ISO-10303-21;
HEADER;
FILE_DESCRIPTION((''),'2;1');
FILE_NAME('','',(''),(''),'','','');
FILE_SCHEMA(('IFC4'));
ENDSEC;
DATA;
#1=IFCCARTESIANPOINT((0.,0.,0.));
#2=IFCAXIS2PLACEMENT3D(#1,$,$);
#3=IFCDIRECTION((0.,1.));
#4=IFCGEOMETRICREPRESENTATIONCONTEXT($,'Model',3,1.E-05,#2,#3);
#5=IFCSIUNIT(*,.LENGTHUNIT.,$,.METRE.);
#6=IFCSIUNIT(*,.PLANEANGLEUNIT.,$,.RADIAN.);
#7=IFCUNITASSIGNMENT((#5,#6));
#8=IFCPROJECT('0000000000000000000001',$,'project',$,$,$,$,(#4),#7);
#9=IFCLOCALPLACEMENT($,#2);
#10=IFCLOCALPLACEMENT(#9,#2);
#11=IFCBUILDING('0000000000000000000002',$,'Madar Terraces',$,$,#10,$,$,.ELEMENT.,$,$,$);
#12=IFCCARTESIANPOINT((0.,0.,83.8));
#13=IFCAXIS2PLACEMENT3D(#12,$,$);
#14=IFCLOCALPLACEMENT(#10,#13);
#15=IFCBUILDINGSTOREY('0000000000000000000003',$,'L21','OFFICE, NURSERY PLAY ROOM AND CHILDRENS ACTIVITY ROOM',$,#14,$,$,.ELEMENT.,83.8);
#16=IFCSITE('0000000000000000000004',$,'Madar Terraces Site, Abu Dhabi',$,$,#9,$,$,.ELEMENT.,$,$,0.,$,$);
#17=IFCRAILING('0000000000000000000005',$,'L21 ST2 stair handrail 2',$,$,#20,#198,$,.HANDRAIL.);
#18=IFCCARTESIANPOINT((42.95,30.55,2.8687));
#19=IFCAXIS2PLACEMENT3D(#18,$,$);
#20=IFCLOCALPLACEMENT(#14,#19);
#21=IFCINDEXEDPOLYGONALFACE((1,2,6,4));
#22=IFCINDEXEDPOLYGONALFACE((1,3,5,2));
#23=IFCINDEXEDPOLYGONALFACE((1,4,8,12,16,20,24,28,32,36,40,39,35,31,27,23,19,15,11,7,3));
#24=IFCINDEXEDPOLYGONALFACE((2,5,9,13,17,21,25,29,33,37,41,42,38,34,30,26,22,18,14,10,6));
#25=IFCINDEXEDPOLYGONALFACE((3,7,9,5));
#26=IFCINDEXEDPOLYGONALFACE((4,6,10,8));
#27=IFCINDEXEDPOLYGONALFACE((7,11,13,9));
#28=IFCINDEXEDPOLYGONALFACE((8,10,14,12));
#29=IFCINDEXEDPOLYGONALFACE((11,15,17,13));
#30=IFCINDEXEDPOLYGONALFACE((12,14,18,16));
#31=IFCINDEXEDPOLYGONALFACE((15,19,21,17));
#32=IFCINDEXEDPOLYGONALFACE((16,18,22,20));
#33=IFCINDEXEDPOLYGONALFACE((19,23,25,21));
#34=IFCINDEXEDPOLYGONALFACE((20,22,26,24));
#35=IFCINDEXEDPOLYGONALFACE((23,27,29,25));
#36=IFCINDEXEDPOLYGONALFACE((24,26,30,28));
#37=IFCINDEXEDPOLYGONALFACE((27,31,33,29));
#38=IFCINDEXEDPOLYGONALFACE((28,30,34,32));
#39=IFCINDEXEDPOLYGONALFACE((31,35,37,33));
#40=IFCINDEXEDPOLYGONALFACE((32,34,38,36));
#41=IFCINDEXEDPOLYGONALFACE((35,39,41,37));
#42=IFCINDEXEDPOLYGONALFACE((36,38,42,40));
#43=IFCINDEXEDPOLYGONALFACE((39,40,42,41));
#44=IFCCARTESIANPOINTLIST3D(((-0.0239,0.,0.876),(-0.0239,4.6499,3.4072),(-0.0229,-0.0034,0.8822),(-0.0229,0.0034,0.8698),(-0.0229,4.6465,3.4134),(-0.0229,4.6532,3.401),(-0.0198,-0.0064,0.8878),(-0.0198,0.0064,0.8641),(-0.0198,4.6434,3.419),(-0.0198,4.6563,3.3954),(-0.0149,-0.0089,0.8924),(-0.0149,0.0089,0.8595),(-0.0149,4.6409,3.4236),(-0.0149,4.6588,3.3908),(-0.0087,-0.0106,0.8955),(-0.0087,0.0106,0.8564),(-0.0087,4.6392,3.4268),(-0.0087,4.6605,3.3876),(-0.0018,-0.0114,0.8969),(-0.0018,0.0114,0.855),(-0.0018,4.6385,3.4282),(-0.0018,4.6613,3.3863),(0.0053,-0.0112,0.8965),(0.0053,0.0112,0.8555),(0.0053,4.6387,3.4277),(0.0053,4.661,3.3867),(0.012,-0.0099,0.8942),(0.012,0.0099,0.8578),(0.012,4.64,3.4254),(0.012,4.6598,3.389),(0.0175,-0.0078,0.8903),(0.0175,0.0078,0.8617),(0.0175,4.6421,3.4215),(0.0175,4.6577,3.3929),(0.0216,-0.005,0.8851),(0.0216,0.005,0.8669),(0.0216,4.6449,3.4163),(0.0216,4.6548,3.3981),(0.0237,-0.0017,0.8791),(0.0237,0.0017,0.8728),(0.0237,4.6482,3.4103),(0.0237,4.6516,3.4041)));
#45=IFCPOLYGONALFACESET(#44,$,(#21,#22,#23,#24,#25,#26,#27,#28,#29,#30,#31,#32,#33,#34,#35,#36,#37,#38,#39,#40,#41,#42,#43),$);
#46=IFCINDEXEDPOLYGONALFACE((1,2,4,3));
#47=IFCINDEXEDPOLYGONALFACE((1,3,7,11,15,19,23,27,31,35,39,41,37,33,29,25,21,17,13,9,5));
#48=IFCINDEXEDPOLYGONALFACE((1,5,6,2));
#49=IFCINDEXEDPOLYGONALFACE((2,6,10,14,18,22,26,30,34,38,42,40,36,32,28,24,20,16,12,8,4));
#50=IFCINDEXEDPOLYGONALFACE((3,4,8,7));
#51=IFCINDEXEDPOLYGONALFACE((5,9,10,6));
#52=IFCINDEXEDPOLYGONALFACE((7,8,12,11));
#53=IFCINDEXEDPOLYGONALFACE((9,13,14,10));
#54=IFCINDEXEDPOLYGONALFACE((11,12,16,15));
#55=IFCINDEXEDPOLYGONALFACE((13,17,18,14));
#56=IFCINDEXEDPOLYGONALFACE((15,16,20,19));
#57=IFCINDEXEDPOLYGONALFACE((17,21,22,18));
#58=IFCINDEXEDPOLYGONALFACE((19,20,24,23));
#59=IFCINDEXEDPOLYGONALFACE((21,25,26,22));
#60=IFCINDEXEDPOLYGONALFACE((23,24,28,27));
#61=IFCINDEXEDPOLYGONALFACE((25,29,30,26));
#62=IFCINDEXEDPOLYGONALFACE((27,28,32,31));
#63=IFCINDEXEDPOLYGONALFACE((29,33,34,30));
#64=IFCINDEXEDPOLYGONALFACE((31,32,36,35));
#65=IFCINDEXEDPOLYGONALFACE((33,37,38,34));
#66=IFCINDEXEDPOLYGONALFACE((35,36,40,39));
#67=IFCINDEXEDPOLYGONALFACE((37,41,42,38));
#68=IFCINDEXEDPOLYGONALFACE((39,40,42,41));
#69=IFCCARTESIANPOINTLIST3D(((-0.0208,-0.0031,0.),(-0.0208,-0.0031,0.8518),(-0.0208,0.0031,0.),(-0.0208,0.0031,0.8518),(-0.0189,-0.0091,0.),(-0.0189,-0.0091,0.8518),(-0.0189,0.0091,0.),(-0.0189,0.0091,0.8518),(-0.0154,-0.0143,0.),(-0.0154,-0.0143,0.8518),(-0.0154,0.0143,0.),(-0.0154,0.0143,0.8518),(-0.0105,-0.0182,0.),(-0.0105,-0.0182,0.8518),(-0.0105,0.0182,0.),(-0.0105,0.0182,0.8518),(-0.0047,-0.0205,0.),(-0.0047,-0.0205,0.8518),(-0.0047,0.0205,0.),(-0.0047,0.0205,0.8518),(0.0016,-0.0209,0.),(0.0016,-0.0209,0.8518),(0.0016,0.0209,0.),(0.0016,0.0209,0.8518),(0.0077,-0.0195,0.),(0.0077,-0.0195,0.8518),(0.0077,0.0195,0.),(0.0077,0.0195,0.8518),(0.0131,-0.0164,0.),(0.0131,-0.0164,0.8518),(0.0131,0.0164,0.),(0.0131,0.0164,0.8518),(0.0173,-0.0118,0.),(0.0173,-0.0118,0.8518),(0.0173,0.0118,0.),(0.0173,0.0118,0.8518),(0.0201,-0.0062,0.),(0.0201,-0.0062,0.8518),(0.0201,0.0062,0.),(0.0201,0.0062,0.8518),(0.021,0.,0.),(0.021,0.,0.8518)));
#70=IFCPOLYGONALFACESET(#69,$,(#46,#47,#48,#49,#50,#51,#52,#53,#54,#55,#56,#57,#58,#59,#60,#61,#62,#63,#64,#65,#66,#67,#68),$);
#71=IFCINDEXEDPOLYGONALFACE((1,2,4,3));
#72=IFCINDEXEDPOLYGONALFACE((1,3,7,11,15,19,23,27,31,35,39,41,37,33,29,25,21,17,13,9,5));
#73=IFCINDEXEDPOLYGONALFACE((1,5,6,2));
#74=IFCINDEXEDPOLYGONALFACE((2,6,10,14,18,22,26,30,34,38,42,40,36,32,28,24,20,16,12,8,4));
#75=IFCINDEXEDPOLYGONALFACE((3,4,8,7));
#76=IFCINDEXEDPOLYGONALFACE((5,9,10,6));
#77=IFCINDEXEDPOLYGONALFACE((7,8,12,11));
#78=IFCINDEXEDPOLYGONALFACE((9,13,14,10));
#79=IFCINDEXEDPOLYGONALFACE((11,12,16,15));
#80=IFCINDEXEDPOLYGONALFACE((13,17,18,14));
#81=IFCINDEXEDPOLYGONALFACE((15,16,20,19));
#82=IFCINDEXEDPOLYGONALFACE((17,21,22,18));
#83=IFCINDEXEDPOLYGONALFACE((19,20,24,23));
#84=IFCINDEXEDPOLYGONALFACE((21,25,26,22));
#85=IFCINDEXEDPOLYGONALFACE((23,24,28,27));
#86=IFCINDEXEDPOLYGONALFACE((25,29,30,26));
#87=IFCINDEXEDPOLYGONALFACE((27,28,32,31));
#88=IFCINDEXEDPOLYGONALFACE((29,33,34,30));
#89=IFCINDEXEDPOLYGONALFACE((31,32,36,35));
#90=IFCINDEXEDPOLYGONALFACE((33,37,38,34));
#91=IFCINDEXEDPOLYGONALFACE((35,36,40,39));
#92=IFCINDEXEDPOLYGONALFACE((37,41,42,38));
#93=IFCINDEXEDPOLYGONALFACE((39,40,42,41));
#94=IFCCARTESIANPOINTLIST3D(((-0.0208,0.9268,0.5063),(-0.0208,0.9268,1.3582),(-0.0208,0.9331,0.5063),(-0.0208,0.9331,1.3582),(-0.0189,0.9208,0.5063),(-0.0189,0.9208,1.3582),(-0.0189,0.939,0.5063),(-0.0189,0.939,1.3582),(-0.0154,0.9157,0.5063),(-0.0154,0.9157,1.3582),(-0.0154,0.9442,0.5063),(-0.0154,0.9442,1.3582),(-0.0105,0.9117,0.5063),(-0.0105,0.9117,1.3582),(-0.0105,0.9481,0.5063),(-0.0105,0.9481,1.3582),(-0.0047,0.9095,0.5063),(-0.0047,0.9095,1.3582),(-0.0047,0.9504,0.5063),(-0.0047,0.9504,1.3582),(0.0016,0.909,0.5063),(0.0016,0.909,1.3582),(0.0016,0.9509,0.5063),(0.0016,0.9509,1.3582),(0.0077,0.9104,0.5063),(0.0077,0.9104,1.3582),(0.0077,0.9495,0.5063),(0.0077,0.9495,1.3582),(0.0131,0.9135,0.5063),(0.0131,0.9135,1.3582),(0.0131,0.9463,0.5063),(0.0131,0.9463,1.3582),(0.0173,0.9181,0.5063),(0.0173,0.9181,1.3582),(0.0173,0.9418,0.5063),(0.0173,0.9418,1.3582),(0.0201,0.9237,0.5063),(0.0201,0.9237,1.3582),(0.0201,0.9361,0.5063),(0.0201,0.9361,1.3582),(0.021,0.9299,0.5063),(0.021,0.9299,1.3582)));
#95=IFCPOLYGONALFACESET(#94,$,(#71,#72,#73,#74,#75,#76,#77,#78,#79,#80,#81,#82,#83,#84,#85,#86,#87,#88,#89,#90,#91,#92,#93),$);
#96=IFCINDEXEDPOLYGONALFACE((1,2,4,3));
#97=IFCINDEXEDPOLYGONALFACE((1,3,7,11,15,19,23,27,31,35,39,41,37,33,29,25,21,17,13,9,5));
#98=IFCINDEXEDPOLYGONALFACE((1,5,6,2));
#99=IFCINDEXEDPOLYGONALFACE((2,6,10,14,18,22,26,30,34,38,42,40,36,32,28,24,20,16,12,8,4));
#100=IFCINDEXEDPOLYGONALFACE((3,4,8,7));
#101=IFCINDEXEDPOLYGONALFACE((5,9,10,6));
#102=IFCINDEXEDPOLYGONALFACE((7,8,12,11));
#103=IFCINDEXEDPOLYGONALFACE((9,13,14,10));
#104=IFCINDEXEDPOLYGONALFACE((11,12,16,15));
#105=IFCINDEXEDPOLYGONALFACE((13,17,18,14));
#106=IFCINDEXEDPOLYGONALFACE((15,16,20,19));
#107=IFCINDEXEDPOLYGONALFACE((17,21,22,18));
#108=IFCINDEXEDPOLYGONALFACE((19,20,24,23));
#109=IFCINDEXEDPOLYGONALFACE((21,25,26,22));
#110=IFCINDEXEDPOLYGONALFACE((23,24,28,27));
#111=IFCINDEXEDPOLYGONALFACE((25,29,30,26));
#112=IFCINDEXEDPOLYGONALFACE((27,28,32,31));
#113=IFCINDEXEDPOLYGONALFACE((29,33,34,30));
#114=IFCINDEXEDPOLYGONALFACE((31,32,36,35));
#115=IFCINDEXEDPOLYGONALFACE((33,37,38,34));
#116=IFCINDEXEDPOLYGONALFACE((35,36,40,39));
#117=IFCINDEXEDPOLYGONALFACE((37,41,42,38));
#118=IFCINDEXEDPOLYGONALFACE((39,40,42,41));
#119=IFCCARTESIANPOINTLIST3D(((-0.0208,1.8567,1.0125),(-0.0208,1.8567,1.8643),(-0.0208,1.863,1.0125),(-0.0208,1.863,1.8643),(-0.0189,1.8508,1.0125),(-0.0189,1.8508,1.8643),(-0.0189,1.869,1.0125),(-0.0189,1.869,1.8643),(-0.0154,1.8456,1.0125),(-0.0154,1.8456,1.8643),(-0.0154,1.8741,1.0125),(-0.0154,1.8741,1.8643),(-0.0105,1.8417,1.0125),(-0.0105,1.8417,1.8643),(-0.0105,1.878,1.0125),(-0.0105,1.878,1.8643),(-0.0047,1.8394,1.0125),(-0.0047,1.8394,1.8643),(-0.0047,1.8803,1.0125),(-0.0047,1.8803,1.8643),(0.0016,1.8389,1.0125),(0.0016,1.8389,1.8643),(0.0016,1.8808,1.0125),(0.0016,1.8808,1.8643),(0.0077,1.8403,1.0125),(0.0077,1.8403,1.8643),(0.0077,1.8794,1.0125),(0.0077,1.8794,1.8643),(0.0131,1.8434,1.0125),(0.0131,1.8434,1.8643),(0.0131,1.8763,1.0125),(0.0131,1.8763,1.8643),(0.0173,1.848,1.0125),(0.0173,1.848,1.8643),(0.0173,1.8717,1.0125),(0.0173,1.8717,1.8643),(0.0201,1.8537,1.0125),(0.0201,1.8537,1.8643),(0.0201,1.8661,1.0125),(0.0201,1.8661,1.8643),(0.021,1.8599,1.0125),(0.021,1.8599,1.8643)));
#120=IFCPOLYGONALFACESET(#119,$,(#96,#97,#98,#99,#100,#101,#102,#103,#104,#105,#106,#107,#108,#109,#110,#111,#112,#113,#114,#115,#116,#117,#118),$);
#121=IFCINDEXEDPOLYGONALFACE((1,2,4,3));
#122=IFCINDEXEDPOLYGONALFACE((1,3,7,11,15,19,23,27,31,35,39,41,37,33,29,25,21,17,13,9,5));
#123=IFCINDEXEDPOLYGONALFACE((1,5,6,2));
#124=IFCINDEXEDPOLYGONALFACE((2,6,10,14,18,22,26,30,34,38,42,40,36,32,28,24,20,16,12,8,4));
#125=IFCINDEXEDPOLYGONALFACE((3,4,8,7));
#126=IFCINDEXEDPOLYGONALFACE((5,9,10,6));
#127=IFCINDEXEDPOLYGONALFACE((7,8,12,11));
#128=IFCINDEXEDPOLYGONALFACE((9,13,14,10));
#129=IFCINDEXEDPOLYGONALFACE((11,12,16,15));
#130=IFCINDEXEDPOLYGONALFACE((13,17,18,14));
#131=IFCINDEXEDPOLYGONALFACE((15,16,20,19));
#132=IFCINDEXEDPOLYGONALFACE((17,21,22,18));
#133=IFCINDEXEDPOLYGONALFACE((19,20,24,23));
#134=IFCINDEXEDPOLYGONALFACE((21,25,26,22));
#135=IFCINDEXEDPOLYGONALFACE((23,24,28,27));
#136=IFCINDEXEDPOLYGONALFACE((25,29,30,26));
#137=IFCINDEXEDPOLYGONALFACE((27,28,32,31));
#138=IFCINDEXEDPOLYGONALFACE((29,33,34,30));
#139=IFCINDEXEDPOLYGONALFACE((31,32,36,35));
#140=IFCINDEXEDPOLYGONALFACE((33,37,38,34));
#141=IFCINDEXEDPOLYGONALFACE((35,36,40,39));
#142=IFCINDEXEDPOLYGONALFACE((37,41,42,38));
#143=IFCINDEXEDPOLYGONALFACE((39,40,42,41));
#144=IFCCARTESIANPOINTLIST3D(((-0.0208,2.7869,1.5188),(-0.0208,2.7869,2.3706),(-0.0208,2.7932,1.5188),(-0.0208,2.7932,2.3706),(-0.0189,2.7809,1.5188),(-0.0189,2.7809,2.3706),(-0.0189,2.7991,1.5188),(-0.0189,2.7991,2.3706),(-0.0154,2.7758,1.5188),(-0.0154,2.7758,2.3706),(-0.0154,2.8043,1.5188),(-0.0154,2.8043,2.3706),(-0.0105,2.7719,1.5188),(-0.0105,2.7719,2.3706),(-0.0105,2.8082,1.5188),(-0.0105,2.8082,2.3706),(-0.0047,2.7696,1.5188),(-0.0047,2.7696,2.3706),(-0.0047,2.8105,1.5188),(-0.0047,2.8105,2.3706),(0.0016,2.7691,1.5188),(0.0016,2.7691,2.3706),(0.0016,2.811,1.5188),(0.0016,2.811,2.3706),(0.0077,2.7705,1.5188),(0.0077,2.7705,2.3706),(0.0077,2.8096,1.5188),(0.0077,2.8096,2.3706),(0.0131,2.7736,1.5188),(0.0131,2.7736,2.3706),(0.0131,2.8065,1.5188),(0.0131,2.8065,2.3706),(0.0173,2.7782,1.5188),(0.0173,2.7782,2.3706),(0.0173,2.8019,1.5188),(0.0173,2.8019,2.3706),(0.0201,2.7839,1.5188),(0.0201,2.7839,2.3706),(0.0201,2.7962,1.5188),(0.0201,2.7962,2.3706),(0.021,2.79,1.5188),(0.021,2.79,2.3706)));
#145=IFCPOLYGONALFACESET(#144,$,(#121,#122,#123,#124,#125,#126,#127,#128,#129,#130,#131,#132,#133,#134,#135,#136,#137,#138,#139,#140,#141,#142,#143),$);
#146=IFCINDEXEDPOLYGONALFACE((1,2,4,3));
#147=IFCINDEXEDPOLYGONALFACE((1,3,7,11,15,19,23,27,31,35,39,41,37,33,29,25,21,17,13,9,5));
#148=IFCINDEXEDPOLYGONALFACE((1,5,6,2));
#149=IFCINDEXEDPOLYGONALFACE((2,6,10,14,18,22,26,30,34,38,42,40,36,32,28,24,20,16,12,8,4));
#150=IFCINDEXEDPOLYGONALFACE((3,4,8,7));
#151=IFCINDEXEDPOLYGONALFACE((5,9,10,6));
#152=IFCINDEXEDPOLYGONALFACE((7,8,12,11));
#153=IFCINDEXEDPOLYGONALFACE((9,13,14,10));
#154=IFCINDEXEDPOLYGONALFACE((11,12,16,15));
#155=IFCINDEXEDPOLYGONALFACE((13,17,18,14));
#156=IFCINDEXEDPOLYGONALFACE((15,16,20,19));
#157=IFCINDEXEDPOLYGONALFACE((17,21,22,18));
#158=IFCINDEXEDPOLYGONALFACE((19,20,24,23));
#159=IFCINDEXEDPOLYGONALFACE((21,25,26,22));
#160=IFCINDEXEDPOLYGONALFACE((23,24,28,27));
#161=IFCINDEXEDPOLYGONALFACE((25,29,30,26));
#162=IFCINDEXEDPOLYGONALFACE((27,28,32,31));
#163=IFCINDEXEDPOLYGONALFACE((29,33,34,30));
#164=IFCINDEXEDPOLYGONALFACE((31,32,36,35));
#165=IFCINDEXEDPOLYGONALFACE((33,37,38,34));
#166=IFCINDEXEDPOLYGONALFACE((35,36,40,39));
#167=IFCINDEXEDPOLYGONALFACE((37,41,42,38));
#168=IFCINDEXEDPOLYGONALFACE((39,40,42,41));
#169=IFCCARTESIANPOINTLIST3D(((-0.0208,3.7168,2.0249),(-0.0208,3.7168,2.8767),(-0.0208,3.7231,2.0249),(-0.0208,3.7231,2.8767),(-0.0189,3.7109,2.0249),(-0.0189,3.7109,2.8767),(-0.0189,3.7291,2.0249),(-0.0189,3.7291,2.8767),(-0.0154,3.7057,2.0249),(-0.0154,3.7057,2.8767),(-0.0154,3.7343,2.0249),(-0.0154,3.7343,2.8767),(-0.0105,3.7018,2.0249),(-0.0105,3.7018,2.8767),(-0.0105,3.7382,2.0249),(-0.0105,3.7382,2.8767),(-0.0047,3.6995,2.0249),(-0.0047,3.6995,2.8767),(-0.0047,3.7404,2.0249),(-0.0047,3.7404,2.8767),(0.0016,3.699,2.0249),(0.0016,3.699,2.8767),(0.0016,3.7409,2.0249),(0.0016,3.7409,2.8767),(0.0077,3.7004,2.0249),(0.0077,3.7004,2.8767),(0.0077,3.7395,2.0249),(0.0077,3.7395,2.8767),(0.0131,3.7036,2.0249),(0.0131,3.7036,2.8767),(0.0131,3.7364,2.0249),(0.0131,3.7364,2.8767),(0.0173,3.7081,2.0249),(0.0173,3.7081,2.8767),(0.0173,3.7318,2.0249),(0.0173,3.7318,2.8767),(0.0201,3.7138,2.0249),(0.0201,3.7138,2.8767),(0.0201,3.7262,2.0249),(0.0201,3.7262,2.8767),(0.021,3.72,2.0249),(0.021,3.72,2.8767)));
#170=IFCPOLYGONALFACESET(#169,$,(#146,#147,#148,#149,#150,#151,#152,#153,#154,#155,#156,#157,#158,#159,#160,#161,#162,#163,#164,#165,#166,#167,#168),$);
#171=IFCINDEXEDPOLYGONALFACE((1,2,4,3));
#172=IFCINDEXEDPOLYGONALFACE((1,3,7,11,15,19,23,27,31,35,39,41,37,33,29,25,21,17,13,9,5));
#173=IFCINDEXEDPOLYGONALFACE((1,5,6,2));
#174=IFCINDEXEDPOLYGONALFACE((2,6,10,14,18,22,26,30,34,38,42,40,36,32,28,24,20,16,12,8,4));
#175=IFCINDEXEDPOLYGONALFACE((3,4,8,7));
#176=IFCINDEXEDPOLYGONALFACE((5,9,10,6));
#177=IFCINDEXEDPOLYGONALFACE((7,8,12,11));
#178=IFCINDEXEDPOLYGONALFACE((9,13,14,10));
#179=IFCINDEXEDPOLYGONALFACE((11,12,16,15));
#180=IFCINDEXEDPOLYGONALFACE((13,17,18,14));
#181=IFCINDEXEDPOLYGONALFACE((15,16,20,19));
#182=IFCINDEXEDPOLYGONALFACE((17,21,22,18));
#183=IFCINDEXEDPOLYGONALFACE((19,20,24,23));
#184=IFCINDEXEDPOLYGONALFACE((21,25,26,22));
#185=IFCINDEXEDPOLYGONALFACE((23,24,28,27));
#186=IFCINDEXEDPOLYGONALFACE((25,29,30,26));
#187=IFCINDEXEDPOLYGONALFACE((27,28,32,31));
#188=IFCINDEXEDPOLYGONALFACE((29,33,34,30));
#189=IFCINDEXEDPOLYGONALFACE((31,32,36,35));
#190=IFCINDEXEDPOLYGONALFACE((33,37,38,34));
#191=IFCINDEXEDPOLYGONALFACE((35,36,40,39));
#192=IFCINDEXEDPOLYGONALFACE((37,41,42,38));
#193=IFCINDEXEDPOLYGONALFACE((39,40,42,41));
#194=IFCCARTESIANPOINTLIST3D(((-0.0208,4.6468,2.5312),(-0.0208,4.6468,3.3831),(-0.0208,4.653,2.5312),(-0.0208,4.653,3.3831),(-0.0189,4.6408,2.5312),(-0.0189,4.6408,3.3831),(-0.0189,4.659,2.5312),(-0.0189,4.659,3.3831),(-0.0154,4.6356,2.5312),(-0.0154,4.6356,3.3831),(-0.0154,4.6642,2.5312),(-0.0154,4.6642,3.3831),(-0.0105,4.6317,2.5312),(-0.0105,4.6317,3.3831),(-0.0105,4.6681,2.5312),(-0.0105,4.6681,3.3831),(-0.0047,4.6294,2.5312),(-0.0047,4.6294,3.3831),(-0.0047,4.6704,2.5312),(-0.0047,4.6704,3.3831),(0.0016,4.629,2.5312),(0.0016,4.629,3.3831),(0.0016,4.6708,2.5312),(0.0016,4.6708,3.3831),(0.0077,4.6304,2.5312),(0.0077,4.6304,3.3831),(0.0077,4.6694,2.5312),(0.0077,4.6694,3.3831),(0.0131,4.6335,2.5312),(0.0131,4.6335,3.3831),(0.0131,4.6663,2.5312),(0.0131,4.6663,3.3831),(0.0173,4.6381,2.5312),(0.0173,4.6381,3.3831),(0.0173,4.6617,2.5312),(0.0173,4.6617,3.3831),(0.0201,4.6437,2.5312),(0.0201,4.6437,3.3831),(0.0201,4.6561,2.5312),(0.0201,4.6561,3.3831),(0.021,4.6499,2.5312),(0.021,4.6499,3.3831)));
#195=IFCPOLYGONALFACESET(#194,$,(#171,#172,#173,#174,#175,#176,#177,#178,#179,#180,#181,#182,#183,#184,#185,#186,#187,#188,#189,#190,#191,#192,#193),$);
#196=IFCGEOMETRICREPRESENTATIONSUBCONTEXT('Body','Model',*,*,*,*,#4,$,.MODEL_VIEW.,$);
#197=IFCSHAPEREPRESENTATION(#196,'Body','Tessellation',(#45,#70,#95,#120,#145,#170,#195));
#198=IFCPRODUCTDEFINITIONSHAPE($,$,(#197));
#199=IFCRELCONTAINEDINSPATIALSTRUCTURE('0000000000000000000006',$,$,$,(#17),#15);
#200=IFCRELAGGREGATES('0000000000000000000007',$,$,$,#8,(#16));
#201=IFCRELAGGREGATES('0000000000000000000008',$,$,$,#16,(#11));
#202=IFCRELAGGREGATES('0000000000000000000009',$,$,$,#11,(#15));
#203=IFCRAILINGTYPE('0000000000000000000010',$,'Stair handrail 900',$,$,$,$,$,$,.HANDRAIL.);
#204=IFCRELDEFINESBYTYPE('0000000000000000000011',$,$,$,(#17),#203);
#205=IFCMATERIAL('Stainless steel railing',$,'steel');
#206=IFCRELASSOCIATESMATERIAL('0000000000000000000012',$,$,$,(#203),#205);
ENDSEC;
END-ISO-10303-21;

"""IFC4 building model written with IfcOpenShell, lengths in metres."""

from ifc_helpers import new_model, si_unit, direction, frame, origin, origin_2d, place, context, subcontext, project, spatial, circle, extrude, material, type_object, element, save


model = new_model("IFC4")

# Units and contexts
model_context = context("Model", 3, precision=1e-05, world=origin(), true_north=direction((0.0, 1.0)))
body_context = subcontext(model_context, "Body", "Model", "MODEL_VIEW")
ifc_project = project(units=[si_unit("LENGTHUNIT", "METRE"), si_unit("PLANEANGLEUNIT", "RADIAN")], contexts=[model_context])

# Site, building, storey
site_placement = place(None, origin())
site = spatial("IfcSite", under=ifc_project, at=site_placement, Name="Madar Terraces Site, Abu Dhabi", CompositionType="ELEMENT", RefElevation=0.0)
building_placement = place(site_placement, origin())
building = spatial("IfcBuilding", under=site, at=building_placement, Name="Madar Terraces", CompositionType="ELEMENT")
storey_placement = place(building_placement, frame((0.0, 0.0, 83.8)))
storey = spatial("IfcBuildingStorey", under=building, at=storey_placement, Name="L21", Description="OFFICE, NURSERY PLAY ROOM AND CHILDRENS ACTIVITY ROOM", CompositionType="ELEMENT", Elevation=83.8)

# Railing
ifc_material_1 = material(Name="Stainless steel railing", Category="steel")
railing_type_1 = type_object("IfcRailingType", Name="Stair handrail 900", PredefinedType="HANDRAIL", material=ifc_material_1)
railing_1_placement = place(storey_placement, frame((42.95, 30.55, 2.8687)))
element("IfcRailing", 1, at=railing_1_placement, inside=storey, type_object=railing_type_1, Name="L21 ST2 stair handrail 2", PredefinedType="HANDRAIL", context=body_context, shape_type="SweptSolid", body=[
    extrude(circle(Radius=0.0239, at=origin_2d()), frame((0.0, 0.0, 0.876), z_axis=(0.0, 0.878297, 0.478115), x_axis=(-1.0, 0.0, 0.0)), (0.0, 0.0, 1.0), 5.2942),
    extrude(circle(Radius=0.021, at=origin_2d()), origin(), (0.0, 0.0, 1.0), 0.8518),
    extrude(circle(Radius=0.021, at=origin_2d()), frame((0.0, 0.9299, 0.5063)), (0.0, 0.0, 1.0), 0.8518),
    extrude(circle(Radius=0.021, at=origin_2d()), frame((0.0, 1.8599, 1.0125)), (0.0, 0.0, 1.0), 0.8518),
    extrude(circle(Radius=0.021, at=origin_2d()), frame((0.0, 2.79, 1.5188)), (0.0, 0.0, 1.0), 0.8518),
    extrude(circle(Radius=0.021, at=origin_2d()), frame((0.0, 3.72, 2.0249)), (0.0, 0.0, 1.0), 0.8518),
    extrude(circle(Radius=0.021, at=origin_2d()), frame((0.0, 4.6499, 2.5312)), (0.0, 0.0, 1.0), 0.8518),
])

save(model, "model.ifc")
